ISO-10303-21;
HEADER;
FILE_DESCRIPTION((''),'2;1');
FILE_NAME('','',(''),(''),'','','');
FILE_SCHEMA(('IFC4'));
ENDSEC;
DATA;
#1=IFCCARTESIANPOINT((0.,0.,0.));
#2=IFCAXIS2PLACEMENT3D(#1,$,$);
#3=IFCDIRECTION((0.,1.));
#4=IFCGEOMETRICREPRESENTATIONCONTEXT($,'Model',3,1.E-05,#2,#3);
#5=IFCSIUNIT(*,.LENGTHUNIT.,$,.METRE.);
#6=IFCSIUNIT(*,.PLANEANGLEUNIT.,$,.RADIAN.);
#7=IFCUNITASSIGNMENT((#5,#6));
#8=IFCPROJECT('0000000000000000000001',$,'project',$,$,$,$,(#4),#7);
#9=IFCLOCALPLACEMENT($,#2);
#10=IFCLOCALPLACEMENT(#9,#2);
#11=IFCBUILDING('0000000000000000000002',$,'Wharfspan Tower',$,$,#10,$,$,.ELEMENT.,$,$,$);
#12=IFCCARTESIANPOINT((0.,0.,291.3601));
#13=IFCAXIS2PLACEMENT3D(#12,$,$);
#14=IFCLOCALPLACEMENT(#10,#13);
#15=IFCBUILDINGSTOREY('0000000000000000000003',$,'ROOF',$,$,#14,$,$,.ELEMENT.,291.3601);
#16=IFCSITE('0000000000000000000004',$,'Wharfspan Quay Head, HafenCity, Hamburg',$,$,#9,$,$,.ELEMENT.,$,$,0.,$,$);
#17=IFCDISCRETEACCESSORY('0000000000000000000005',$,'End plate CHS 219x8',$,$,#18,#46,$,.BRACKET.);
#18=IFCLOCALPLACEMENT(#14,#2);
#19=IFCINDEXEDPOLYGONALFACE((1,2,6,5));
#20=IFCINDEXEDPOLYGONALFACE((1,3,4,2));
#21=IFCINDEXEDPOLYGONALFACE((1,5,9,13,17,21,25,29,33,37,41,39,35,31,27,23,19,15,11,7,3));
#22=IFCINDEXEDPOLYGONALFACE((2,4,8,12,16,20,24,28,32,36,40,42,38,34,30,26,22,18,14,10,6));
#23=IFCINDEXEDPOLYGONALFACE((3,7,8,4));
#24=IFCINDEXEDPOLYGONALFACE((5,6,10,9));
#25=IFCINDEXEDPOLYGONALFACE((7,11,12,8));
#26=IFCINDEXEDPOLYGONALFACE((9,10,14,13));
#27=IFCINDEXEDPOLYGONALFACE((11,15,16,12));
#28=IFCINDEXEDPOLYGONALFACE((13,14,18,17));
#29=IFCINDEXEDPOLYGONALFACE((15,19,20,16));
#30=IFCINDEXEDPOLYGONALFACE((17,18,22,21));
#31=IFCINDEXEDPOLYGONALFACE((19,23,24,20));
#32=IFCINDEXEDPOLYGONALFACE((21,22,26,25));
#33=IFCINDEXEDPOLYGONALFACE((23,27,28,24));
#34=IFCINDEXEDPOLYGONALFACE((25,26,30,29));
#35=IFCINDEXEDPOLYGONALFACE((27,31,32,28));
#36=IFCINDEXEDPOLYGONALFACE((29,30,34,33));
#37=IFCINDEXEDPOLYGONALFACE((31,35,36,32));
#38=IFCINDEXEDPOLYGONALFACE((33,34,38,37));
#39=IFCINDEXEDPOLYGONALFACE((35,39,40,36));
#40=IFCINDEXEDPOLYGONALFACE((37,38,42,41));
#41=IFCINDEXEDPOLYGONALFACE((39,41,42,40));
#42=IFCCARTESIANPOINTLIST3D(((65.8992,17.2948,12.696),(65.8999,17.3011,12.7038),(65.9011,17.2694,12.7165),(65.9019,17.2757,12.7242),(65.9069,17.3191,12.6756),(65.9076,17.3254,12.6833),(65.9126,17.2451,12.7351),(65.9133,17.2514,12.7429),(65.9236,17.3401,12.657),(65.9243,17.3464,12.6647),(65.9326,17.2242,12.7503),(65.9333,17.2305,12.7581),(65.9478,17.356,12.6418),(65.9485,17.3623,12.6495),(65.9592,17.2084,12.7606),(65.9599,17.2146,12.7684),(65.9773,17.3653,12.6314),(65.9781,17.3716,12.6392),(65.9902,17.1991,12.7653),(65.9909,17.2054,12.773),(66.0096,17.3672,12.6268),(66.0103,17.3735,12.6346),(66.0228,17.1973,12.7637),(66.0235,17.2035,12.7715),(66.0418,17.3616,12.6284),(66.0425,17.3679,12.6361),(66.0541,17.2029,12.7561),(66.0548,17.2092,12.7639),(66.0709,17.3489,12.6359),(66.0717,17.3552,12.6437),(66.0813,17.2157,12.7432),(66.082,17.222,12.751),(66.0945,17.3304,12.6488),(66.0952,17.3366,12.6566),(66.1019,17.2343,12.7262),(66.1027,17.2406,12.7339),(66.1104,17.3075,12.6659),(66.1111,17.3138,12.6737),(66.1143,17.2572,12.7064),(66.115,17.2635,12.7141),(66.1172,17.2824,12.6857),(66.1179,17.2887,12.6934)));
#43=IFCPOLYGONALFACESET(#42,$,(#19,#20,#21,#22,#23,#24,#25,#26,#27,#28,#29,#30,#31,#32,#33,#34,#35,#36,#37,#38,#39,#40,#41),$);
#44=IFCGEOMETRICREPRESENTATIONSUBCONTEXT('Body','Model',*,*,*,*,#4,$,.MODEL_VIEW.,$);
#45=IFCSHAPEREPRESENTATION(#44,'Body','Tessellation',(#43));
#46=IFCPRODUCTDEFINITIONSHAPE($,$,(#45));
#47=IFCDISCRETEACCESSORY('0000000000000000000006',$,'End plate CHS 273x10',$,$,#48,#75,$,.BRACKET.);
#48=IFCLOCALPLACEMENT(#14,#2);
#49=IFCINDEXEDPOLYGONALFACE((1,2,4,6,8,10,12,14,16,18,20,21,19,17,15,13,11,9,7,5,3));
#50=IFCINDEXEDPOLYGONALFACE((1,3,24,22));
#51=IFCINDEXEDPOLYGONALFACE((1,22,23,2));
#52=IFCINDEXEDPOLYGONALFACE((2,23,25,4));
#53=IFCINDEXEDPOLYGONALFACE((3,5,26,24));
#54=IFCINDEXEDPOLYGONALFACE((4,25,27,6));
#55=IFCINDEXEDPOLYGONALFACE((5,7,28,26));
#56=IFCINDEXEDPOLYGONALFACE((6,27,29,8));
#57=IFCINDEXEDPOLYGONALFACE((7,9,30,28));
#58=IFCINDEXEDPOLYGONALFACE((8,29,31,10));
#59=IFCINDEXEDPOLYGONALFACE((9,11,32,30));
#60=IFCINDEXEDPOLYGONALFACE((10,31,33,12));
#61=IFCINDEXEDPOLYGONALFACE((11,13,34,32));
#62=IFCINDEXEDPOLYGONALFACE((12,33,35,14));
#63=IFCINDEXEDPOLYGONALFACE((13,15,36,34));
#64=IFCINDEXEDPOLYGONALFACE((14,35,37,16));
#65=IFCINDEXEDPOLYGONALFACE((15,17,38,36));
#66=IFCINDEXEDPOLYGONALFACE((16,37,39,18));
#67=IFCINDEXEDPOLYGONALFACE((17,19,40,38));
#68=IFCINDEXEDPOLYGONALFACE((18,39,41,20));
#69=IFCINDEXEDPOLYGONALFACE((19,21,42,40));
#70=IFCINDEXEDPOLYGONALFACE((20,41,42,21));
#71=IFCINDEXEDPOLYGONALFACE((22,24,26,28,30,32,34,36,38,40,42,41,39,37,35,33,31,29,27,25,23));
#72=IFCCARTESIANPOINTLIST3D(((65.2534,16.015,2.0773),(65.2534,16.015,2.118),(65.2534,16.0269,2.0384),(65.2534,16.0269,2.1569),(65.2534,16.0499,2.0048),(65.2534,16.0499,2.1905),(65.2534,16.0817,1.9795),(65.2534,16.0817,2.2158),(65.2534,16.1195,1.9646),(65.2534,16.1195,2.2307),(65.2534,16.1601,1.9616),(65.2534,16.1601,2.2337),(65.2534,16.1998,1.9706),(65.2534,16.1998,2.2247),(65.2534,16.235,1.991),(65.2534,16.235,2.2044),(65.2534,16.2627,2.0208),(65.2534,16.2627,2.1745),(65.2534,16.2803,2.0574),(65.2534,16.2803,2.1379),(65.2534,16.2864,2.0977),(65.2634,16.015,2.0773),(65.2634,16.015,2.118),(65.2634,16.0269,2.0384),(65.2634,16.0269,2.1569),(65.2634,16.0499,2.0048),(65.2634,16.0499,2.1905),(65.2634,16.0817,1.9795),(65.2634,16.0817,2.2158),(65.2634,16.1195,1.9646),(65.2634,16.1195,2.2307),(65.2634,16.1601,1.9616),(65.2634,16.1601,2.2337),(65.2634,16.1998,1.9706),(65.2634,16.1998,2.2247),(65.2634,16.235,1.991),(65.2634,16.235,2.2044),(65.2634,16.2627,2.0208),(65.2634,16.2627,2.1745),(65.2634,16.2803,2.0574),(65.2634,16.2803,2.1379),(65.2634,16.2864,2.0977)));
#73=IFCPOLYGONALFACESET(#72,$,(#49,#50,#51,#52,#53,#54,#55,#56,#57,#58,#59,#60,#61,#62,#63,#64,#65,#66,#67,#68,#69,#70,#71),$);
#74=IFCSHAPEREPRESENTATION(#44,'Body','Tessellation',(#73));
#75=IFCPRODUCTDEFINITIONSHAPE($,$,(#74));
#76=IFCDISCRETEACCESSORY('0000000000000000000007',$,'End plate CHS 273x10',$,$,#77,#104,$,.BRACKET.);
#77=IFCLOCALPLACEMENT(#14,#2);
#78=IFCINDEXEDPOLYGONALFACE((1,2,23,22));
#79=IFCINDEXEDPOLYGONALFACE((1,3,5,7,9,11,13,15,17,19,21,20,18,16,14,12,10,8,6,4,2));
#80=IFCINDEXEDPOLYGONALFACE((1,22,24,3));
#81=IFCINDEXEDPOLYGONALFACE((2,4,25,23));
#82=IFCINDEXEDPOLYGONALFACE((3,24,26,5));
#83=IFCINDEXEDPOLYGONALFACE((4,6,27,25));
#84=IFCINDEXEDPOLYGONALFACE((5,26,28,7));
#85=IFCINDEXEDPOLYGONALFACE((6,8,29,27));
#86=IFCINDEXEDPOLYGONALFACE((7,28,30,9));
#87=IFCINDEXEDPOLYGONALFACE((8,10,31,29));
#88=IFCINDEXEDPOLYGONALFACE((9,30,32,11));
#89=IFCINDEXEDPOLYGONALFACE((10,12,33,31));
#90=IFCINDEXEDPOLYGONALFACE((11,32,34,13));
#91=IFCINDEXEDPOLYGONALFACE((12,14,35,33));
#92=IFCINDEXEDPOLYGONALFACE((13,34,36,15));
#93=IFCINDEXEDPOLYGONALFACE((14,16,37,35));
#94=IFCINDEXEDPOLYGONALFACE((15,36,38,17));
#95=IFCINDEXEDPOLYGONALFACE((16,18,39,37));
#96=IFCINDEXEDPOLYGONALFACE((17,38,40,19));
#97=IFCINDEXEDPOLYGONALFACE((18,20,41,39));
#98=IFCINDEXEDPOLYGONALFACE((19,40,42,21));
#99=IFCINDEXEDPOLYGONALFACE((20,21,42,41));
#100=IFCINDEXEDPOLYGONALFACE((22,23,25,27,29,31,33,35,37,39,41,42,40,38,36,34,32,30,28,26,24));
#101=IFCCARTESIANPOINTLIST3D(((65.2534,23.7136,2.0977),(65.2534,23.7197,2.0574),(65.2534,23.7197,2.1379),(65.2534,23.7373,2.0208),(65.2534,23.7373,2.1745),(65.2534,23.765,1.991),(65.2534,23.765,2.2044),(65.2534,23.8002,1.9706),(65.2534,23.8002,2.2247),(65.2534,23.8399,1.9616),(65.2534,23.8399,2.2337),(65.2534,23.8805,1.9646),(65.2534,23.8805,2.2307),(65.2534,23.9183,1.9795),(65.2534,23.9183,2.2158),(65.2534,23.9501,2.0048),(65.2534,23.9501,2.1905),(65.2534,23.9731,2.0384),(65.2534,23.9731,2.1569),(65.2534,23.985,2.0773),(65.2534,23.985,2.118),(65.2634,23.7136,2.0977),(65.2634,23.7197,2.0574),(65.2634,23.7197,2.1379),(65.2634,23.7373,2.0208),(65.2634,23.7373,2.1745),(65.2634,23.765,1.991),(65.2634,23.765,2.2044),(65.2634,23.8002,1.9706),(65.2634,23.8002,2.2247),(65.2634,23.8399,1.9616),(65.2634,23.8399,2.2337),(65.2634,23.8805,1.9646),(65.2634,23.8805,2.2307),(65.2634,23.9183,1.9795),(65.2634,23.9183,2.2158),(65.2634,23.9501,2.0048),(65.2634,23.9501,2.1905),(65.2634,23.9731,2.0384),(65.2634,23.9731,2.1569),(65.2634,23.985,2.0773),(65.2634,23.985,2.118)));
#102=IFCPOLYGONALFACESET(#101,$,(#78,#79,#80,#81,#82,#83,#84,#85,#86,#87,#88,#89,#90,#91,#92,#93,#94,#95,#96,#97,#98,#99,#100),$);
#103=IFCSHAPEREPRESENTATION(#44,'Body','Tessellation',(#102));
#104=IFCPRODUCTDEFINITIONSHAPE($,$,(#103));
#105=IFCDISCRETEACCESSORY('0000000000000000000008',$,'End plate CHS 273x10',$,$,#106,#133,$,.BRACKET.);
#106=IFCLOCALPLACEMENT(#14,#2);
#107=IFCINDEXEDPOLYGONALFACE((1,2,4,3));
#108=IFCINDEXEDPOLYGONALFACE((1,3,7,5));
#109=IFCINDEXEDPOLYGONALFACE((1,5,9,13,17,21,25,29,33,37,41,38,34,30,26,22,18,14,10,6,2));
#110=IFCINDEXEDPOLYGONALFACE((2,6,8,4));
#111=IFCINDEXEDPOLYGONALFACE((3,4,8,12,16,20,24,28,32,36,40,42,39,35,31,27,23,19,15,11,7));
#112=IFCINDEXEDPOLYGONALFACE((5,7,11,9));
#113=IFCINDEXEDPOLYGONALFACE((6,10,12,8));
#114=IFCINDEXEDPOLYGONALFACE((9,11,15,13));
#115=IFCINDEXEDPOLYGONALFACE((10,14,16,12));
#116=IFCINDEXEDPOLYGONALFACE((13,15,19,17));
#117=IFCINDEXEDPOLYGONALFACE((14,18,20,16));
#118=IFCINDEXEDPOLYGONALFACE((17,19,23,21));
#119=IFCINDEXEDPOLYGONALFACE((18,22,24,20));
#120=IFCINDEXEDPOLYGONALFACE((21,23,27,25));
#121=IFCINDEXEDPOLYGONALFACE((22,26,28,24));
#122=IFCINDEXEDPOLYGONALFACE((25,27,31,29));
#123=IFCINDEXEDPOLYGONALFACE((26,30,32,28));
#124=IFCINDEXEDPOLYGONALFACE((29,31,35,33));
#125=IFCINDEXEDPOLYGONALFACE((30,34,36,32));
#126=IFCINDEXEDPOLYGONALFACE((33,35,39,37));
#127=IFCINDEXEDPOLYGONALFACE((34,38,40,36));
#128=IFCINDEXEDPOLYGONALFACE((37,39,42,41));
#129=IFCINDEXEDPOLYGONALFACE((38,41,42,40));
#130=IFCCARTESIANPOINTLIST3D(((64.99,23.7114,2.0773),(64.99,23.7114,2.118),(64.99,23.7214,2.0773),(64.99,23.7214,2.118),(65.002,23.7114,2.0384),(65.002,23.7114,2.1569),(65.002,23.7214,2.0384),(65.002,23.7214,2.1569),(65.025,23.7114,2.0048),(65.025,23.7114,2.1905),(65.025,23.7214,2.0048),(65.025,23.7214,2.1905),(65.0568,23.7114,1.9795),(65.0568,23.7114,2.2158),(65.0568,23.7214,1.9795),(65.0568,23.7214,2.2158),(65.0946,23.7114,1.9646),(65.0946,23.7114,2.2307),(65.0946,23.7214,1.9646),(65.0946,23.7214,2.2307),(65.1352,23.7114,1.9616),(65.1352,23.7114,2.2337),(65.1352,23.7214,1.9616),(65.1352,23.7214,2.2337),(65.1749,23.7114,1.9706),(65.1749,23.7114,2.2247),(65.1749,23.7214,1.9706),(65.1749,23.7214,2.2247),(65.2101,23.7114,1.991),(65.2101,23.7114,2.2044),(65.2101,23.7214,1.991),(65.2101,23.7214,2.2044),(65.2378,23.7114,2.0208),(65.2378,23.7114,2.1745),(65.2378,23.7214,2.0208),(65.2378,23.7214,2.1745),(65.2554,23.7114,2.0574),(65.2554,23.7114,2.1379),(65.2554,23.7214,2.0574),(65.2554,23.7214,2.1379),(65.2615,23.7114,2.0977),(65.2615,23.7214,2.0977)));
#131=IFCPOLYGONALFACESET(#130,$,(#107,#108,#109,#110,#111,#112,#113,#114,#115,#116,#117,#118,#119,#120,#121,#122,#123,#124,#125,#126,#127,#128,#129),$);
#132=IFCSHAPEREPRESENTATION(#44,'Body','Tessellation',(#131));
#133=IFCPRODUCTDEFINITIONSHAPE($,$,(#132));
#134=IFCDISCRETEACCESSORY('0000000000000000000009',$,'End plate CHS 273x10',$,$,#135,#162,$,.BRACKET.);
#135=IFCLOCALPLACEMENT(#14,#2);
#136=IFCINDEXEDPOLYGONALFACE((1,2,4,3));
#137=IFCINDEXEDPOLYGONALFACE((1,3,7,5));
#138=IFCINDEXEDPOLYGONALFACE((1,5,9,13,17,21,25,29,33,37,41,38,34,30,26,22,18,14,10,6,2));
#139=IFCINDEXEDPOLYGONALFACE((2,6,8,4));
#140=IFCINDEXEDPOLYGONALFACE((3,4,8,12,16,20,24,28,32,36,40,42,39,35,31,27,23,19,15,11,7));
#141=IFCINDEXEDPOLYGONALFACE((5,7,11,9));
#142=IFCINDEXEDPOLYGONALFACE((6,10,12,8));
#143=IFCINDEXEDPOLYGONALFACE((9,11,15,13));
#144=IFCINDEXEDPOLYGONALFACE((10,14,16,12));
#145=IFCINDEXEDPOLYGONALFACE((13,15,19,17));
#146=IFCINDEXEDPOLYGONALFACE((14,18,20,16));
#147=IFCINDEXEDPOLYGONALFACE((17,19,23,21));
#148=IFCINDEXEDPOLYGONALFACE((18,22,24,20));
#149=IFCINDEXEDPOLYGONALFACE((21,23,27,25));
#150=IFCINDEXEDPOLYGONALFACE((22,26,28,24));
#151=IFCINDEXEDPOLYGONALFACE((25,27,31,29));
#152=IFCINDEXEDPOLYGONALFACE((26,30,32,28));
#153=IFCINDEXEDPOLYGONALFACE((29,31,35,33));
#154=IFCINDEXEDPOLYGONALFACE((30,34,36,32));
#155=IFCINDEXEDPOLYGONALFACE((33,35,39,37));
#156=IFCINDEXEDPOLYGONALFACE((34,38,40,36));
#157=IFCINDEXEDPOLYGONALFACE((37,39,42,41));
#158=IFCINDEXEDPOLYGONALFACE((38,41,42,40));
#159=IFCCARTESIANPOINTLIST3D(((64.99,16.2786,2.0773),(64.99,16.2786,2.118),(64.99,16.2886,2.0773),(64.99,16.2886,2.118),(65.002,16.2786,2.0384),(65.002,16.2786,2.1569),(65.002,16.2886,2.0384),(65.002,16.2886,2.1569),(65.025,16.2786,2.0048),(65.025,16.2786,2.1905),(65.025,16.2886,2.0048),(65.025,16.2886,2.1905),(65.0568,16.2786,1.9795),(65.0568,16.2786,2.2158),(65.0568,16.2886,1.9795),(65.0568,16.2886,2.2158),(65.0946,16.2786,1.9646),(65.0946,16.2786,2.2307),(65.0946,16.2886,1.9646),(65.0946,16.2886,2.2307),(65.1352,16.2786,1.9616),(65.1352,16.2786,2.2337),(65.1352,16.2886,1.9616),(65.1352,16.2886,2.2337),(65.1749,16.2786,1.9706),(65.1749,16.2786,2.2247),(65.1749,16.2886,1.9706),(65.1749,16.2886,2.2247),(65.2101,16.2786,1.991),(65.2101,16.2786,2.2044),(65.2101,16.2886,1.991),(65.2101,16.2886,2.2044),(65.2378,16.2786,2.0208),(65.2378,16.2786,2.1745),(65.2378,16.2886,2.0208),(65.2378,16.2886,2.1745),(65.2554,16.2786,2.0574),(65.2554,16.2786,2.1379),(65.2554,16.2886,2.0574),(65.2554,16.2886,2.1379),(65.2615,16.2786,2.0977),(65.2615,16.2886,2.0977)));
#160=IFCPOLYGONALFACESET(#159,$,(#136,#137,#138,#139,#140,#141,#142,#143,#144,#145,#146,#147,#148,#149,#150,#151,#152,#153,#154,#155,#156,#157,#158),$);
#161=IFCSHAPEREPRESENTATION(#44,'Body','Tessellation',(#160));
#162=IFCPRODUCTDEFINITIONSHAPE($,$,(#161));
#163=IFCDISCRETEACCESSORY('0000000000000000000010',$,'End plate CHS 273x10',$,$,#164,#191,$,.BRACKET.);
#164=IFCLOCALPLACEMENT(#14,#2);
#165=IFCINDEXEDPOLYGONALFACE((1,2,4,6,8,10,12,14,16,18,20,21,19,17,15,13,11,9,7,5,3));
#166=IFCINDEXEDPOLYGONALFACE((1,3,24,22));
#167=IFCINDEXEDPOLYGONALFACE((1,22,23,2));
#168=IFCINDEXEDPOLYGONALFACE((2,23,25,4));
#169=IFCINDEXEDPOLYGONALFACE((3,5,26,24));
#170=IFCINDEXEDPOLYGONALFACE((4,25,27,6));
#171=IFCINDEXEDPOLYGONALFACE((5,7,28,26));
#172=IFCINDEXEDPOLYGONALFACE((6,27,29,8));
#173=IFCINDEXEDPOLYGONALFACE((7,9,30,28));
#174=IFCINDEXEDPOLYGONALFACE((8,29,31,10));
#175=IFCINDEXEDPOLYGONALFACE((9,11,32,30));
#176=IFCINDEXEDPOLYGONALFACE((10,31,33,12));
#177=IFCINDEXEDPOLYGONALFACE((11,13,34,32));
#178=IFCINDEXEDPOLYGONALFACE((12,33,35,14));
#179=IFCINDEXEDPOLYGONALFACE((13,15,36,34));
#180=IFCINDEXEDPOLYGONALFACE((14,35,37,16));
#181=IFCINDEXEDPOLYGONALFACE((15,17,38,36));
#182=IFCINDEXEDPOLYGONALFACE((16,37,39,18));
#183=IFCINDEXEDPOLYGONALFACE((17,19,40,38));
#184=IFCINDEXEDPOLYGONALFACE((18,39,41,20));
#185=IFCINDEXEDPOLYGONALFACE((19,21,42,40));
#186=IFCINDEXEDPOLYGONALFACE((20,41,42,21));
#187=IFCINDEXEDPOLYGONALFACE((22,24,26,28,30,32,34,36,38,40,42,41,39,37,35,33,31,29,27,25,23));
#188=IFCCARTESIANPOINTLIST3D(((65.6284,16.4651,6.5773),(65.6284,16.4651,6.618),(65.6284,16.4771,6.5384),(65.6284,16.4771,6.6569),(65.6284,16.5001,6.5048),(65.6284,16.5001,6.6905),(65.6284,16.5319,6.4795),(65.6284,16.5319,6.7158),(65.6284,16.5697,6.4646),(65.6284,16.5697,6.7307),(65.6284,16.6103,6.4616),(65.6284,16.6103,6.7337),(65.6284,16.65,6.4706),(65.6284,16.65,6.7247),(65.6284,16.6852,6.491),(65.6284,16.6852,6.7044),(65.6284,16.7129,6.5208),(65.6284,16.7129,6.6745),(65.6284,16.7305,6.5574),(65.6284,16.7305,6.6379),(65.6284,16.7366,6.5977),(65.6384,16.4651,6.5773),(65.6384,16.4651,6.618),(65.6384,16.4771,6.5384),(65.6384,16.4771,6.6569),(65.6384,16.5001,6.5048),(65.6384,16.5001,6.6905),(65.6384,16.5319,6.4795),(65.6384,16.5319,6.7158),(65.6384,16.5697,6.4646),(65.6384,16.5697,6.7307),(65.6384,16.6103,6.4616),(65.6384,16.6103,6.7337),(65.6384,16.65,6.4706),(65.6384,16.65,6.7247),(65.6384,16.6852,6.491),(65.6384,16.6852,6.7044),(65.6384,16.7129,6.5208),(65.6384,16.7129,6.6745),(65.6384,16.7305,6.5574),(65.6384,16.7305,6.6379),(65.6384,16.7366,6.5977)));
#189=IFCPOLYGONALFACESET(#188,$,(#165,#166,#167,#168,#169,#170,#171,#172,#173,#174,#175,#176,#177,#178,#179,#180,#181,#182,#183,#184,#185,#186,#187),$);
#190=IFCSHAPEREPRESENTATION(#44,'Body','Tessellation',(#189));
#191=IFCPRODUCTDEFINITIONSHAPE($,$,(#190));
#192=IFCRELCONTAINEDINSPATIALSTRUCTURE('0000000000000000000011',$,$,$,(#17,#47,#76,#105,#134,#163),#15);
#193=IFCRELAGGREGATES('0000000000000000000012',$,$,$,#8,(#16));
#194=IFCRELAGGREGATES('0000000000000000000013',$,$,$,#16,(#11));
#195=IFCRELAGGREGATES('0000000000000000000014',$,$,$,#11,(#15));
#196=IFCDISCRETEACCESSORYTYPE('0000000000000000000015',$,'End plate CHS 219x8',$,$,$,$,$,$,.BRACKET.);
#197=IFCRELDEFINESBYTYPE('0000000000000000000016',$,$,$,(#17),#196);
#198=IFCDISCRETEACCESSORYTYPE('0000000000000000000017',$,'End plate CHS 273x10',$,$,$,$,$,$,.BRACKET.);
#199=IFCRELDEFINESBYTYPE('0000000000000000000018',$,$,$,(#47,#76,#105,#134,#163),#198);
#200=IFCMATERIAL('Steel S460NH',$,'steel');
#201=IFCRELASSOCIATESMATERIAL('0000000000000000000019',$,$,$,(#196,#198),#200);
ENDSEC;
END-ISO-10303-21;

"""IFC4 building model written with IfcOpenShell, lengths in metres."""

from ifc_helpers import new_model, si_unit, direction, frame, origin, origin_2d, place, context, subcontext, project, spatial, circle, extrude, material, material_profile, profile_set, type_object, element, save


model = new_model("IFC4")

# Units and contexts
model_context = context("Model", 3, precision=1e-05, world=origin(), true_north=direction((0.0, 1.0)))
body_context = subcontext(model_context, "Body", "Model", "MODEL_VIEW")
ifc_project = project(units=[si_unit("LENGTHUNIT", "METRE"), si_unit("PLANEANGLEUNIT", "RADIAN")], contexts=[model_context])

# Site, building, storey
site_placement = place(None, origin())
site = spatial("IfcSite", under=ifc_project, at=site_placement, Name="Wharfspan Quay Head, HafenCity, Hamburg", CompositionType="ELEMENT", RefElevation=0.0)
building_placement = place(site_placement, origin())
building = spatial("IfcBuilding", under=site, at=building_placement, Name="Wharfspan Tower", CompositionType="ELEMENT")
storey_placement = place(building_placement, frame((0.0, 0.0, 291.3601)))
storey = spatial("IfcBuildingStorey", under=building, at=storey_placement, Name="ROOF", CompositionType="ELEMENT", Elevation=291.3601)

# Shared definitions
ifc_material_1 = material(Name="Steel S460NH", Category="steel")

# Discrete accessories
ifc_material_profile_1 = material_profile(ifc_material_1, circle(Radius=0.1096, at=origin_2d()))
ifc_profile_set_1 = profile_set([ifc_material_profile_1], Name="Steel S460NH")
discrete_accessory_type_1 = type_object("IfcDiscreteAccessoryType", Name="End plate CHS 219x8", PredefinedType="BRACKET", material=ifc_profile_set_1)
discrete_accessory_1_placement = place(storey_placement, frame((66.0081, 17.2822, 12.696), z_axis=(0.072569, 0.62893, 0.774068), x_axis=(-0.993406, 0.114624, 0.0)))
element("IfcDiscreteAccessory", 1, at=discrete_accessory_1_placement, inside=storey, type_object=discrete_accessory_type_1, Name="End plate CHS 219x8", PredefinedType="BRACKET", context=body_context, shape_type="SweptSolid", body=[
    extrude(circle(Radius=0.1096, at=origin_2d()), origin(), (0.0, 0.0, 1.0), 0.01),
])
ifc_material_profile_2 = material_profile(ifc_material_1, circle(Radius=0.1365, at=origin_2d()))
ifc_profile_set_2 = profile_set([ifc_material_profile_2], Name="Steel S460NH")
discrete_accessory_type_2 = type_object("IfcDiscreteAccessoryType", Name="End plate CHS 273x10", PredefinedType="BRACKET", material=ifc_profile_set_2)
for number, where, z_axis, x_axis, name in (
    (2, (65.2534, 16.1499, 2.0977), (1.0, 0.0, 0.0), (0.0, 1.0, 0.0), "End plate CHS 273x10"),
    (3, (65.2634, 23.8501, 2.0977), (-1.0, 0.0, 0.0), (0.0, -1.0, 0.0), "End plate CHS 273x10"),
    (4, (65.125, 23.7214, 2.0977), (0.0, -1.0, 0.0), (1.0, 0.0, 0.0), "End plate CHS 273x10"),
    (5, (65.125, 16.2886, 2.0977), (0.0, -1.0, 0.0), (1.0, 0.0, 0.0), "End plate CHS 273x10"),
    (6, (65.6284, 16.6001, 6.5977), (1.0, 0.0, 0.0), (0.0, 1.0, 0.0), "End plate CHS 273x10"),
):
    element("IfcDiscreteAccessory", number, at=place(storey_placement, frame(where, z_axis=z_axis, x_axis=x_axis)), inside=storey, type_object=discrete_accessory_type_2, Name=name, PredefinedType="BRACKET", context=body_context, shape_type="SweptSolid", body=[
        extrude(circle(Radius=0.1365, at=origin_2d()), origin(), (0.0, 0.0, 1.0), 0.01),
    ])

save(model, "model.ifc")
